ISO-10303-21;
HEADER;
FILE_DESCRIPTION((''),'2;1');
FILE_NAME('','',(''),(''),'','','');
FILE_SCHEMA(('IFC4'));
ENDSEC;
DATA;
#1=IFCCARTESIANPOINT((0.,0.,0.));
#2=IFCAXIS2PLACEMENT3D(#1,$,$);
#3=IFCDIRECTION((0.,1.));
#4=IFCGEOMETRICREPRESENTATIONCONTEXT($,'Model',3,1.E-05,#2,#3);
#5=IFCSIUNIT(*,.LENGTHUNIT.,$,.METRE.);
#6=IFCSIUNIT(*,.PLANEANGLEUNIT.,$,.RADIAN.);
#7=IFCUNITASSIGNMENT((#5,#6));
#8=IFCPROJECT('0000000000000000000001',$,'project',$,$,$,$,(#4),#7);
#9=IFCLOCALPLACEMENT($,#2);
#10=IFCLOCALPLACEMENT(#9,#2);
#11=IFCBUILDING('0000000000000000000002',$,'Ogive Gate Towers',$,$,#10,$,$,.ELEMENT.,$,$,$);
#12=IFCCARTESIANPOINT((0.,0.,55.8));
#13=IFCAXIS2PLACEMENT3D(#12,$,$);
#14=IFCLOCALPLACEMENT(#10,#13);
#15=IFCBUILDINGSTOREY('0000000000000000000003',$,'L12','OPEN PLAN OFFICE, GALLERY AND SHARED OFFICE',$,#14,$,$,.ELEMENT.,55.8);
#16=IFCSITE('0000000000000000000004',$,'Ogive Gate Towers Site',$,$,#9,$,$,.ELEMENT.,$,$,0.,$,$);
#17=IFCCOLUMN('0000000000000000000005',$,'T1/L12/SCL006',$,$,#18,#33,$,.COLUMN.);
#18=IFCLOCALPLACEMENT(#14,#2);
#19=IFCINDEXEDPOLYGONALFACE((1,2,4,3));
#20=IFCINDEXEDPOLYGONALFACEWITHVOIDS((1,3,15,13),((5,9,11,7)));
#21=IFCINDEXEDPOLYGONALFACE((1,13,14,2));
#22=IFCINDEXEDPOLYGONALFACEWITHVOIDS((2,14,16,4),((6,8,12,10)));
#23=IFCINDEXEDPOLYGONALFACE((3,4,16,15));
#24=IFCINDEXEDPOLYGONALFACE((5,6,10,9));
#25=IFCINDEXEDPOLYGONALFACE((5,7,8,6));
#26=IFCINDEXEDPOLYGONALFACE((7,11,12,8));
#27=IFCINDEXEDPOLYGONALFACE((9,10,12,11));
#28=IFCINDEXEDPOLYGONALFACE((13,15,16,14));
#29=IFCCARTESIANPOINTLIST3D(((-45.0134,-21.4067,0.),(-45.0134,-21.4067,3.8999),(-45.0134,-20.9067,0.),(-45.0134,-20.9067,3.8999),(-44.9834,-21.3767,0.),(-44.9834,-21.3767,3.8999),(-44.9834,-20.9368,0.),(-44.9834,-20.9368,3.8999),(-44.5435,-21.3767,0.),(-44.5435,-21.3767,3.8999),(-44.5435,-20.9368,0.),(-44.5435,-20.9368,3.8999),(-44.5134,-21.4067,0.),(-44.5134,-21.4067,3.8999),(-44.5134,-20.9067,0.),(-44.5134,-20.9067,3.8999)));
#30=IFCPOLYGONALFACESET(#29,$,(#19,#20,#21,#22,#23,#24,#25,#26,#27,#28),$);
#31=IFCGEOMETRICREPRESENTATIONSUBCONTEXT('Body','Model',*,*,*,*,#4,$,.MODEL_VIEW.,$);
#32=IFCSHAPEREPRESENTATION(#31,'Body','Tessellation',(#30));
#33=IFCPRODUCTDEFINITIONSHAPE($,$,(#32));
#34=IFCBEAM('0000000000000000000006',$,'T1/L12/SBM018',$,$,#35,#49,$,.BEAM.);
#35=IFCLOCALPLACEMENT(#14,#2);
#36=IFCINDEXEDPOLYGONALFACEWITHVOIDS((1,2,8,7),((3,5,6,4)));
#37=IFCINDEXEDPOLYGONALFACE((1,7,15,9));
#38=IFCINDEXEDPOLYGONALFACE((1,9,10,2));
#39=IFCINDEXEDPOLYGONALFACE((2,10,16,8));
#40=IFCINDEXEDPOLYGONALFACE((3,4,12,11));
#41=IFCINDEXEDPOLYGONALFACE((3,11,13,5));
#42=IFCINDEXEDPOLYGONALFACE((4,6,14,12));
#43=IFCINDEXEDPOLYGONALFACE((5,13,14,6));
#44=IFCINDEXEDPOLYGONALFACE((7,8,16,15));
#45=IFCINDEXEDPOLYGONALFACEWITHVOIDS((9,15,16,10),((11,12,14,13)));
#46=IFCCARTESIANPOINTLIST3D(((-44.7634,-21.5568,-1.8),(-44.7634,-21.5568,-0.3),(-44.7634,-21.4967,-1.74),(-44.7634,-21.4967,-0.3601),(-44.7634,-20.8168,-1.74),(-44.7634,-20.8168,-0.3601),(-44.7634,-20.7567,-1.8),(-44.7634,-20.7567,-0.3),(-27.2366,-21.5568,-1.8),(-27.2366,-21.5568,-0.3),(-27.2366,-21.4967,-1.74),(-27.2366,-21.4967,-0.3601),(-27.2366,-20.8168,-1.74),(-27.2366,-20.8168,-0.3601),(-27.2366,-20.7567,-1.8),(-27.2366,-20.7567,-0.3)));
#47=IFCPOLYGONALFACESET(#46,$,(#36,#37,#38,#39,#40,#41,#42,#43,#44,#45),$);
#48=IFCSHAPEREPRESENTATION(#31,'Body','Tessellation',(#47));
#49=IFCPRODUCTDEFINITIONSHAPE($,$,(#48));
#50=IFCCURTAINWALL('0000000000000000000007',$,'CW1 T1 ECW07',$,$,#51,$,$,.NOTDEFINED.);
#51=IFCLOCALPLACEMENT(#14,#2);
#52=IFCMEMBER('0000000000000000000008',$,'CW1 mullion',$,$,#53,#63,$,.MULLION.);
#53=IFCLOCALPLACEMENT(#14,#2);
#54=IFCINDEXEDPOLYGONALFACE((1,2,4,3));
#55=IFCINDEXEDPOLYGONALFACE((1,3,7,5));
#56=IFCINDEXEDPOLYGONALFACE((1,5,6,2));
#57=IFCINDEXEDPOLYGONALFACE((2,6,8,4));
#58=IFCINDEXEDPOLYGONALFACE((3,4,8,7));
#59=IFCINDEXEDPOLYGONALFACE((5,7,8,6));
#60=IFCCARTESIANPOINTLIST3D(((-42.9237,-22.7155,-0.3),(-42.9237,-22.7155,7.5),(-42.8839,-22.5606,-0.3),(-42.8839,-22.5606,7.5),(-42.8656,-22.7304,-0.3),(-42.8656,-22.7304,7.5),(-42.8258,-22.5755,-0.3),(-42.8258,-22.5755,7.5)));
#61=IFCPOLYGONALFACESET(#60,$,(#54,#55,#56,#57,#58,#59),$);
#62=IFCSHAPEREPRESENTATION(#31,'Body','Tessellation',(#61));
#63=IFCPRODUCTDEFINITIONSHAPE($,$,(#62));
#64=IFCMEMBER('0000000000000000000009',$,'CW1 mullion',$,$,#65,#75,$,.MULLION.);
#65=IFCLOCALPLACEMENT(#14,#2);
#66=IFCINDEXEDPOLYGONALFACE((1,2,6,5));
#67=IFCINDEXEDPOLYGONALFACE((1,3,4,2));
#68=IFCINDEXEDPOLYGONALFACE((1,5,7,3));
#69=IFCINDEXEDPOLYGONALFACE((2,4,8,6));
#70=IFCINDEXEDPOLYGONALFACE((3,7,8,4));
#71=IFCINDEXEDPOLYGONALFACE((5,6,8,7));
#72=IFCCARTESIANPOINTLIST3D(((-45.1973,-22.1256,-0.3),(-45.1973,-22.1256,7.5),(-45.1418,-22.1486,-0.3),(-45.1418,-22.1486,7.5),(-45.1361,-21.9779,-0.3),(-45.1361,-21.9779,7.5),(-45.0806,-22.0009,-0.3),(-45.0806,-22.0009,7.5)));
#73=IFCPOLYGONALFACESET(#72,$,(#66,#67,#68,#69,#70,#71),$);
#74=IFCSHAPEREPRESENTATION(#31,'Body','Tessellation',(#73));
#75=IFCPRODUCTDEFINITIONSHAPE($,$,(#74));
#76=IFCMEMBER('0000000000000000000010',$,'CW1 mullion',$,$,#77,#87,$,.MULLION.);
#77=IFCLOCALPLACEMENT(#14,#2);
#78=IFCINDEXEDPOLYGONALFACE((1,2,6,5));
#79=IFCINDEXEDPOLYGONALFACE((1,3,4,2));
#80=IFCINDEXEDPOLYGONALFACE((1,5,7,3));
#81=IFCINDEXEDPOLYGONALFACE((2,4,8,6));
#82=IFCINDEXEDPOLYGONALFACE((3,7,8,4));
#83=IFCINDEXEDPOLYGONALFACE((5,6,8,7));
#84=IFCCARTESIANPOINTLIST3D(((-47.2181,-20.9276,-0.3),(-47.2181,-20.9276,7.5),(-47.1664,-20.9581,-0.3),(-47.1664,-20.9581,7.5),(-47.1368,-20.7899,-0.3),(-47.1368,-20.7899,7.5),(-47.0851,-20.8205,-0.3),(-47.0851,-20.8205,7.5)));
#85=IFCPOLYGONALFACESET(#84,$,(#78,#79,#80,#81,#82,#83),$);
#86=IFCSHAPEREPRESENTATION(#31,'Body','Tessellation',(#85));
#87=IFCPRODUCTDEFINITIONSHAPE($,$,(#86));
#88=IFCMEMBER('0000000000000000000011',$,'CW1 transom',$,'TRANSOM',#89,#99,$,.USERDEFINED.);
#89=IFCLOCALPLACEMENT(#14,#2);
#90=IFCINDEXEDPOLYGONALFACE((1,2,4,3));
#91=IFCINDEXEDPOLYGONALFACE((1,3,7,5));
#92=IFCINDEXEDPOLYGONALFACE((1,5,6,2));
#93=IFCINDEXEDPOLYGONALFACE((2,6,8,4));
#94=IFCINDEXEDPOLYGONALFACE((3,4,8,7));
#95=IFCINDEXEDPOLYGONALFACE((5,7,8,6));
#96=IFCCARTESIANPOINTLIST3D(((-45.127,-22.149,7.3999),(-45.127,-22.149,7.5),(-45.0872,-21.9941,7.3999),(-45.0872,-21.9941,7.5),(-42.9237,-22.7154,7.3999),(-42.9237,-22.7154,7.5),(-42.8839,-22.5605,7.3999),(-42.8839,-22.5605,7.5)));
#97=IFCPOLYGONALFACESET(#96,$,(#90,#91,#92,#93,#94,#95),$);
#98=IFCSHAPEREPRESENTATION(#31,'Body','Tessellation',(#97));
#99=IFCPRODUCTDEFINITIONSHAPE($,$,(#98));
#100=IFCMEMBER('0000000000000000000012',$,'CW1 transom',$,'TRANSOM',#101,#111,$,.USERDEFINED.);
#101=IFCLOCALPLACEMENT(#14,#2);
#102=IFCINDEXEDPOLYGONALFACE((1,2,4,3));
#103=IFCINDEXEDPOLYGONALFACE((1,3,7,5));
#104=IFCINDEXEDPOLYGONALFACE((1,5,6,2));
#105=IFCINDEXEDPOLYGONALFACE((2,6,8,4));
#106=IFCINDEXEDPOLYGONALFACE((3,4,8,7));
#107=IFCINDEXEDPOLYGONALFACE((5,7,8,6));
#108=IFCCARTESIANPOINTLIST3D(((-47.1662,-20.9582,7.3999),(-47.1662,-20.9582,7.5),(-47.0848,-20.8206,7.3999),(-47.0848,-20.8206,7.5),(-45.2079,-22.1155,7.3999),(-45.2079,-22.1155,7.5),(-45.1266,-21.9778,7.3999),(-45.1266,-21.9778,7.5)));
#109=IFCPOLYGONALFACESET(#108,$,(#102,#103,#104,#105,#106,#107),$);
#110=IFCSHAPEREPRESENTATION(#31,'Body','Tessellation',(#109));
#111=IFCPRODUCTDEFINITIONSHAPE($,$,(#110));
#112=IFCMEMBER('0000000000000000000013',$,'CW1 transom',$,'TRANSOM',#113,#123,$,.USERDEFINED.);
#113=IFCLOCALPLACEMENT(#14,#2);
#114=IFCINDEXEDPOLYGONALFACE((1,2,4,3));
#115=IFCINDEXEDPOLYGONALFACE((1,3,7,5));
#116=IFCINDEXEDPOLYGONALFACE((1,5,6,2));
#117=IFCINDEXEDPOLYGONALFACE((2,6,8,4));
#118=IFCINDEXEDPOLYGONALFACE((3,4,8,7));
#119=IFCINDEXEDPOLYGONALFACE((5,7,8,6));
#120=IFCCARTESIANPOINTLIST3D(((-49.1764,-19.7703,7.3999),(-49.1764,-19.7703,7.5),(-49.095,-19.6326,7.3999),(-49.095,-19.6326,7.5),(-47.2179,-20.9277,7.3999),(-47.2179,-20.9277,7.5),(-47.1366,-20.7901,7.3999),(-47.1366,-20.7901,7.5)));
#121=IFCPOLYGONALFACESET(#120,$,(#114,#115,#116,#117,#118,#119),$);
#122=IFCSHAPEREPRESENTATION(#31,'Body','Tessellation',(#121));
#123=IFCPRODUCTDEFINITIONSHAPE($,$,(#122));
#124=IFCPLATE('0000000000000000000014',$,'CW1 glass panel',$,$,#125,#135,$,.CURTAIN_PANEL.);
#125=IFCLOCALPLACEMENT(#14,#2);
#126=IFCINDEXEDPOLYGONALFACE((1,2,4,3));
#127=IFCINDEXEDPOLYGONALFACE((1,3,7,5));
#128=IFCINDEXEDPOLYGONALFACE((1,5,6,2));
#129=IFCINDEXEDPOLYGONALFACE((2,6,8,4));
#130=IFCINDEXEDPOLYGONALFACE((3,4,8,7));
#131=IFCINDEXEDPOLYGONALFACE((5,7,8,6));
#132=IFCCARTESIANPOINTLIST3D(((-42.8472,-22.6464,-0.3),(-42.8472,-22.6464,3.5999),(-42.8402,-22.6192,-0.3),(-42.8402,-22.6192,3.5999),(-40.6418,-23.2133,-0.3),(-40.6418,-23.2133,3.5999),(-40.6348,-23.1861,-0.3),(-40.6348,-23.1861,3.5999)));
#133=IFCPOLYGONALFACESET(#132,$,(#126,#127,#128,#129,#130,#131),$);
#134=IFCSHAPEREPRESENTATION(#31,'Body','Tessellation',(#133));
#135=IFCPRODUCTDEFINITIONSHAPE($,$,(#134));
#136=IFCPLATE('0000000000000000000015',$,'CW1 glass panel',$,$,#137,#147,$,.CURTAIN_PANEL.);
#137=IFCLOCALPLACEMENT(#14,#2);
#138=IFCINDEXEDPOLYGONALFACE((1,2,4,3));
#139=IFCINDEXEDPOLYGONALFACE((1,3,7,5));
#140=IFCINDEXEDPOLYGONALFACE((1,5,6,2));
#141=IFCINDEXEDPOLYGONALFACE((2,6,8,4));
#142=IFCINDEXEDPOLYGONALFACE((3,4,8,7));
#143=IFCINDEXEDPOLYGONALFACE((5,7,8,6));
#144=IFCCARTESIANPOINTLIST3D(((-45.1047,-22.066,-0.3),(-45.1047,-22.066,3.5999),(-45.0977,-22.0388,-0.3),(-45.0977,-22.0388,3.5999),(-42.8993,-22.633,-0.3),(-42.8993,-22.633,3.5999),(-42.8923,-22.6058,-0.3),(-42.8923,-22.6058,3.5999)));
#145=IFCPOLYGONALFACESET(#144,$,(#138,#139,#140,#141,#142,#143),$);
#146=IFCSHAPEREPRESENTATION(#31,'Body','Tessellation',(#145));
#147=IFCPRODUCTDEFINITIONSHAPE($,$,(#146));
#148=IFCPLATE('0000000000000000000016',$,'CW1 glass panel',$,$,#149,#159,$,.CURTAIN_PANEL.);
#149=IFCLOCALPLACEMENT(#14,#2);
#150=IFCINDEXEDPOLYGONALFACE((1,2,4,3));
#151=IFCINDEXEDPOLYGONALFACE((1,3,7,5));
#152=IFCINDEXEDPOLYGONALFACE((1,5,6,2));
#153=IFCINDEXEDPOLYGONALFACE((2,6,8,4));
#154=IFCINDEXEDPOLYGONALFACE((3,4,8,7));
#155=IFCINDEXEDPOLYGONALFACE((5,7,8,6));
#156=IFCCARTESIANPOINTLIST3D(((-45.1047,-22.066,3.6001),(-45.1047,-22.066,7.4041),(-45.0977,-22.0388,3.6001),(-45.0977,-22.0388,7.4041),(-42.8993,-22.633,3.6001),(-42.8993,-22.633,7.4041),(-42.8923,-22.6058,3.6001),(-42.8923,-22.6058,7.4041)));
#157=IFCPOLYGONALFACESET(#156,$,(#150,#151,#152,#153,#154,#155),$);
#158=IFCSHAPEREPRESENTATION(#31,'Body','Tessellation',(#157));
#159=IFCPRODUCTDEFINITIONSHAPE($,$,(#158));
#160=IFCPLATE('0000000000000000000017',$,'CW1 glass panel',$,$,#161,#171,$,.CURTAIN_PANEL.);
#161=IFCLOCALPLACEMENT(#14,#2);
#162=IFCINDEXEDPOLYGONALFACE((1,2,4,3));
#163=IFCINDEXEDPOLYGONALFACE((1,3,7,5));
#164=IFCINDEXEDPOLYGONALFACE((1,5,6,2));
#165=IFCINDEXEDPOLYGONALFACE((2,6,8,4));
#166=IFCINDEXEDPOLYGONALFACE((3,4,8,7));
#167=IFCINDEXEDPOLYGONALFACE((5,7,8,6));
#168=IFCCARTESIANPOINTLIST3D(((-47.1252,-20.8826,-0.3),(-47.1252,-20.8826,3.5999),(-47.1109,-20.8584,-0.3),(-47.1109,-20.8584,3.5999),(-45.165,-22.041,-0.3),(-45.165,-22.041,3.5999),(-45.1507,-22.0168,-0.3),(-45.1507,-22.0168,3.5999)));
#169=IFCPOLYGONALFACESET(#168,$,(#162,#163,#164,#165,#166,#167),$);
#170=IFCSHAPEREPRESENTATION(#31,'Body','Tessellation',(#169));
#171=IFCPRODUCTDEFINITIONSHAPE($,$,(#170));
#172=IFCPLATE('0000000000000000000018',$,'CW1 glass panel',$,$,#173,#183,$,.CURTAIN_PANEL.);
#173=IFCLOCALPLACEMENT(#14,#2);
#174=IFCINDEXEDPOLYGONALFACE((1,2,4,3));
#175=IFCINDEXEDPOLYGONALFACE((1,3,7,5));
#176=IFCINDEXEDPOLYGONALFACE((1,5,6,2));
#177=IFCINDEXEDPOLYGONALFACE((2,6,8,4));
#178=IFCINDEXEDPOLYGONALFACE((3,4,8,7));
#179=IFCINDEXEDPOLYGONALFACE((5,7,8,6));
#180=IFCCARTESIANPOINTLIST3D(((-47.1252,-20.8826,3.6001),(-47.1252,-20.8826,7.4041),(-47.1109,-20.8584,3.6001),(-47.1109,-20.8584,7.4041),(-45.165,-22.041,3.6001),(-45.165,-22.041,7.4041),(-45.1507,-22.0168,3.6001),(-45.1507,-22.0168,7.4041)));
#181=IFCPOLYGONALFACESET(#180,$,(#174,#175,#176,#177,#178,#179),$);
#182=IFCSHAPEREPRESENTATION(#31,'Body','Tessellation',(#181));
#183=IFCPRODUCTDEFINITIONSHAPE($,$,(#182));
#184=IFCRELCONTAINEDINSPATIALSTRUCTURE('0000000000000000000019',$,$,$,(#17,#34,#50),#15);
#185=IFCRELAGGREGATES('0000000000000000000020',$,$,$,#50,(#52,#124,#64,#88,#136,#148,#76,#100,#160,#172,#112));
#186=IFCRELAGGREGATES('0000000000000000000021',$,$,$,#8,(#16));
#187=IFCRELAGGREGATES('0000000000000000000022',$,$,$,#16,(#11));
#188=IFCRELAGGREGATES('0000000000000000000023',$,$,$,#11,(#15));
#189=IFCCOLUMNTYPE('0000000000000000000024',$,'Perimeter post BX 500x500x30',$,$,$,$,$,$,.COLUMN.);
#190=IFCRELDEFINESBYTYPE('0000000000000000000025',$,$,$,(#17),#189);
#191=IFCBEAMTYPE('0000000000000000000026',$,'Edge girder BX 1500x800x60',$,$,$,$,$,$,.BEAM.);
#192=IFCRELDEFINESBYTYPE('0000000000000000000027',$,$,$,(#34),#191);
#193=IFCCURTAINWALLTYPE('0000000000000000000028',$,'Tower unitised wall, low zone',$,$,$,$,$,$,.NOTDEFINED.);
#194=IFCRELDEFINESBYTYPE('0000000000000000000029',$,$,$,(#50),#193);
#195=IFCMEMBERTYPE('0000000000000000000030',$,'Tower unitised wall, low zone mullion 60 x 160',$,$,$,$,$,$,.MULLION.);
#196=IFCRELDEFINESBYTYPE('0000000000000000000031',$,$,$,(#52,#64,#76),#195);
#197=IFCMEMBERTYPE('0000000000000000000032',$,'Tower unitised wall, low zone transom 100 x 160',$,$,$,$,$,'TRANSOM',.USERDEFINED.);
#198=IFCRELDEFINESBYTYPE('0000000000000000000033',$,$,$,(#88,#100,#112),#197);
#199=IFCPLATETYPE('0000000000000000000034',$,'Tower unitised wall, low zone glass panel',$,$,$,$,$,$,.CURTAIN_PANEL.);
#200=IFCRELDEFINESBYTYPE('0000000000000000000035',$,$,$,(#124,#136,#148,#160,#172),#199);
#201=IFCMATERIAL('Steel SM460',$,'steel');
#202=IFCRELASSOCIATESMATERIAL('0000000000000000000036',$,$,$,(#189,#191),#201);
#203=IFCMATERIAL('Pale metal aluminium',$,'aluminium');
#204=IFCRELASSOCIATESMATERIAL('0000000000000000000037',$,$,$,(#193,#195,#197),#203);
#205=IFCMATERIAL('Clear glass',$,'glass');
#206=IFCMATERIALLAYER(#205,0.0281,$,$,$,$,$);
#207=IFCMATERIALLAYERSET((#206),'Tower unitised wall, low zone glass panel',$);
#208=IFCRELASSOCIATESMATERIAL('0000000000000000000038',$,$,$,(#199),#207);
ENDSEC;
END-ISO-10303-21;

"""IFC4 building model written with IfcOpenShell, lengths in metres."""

from ifc_helpers import new_model, si_unit, direction, frame, origin, origin_2d, place, context, subcontext, project, spatial, rectangle, hollow_rectangle, extrude, material, layer, layer_set, material_profile, profile_set, type_object, element, aggregate, save


model = new_model("IFC4")

# Units and contexts
model_context = context("Model", 3, precision=1e-05, world=origin(), true_north=direction((0.0, 1.0)))
body_context = subcontext(model_context, "Body", "Model", "MODEL_VIEW")
ifc_project = project(units=[si_unit("LENGTHUNIT", "METRE"), si_unit("PLANEANGLEUNIT", "RADIAN")], contexts=[model_context])

# Site, building, storey
site_placement = place(None, origin())
site = spatial("IfcSite", under=ifc_project, at=site_placement, Name="Ogive Gate Towers Site", CompositionType="ELEMENT", RefElevation=0.0)
building_placement = place(site_placement, origin())
building = spatial("IfcBuilding", under=site, at=building_placement, Name="Ogive Gate Towers", CompositionType="ELEMENT")
storey_placement = place(building_placement, frame((0.0, 0.0, 55.8)))
storey = spatial("IfcBuildingStorey", under=building, at=storey_placement, Name="L12", Description="OPEN PLAN OFFICE, GALLERY AND SHARED OFFICE", CompositionType="ELEMENT", Elevation=55.8)

# Column
ifc_material_1 = material(Name="Steel SM460", Category="steel")
ifc_material_profile_1 = material_profile(ifc_material_1, hollow_rectangle(XDim=0.5, YDim=0.5, WallThickness=0.03, at=origin_2d()), Name="BX 500x500x30")
ifc_profile_set_1 = profile_set([ifc_material_profile_1], Name="Steel SM460")
column_type = type_object("IfcColumnType", Name="Perimeter post BX 500x500x30", PredefinedType="COLUMN", material=ifc_profile_set_1)
column_placement = place(storey_placement, frame((-44.7634, -21.1567, 0.0), z_axis=(0.0, 0.0, 1.0), x_axis=(1.0, 0.0, 0.0)))
element("IfcColumn", 1, at=column_placement, inside=storey, type_object=column_type, Name="T1/L12/SCL006", PredefinedType="COLUMN", context=body_context, shape_type="SweptSolid", body=[
    extrude(hollow_rectangle(XDim=0.5, YDim=0.5, WallThickness=0.03, at=origin_2d()), origin(), (0.0, 0.0, 1.0), 3.8999),
])

# Beam
ifc_material_profile_2 = material_profile(ifc_material_1, hollow_rectangle(XDim=0.8, YDim=1.5, WallThickness=0.0601, at=origin_2d()), Name="BX 1500x800x60")
ifc_profile_set_2 = profile_set([ifc_material_profile_2], Name="Steel SM460")
beam_type = type_object("IfcBeamType", Name="Edge girder BX 1500x800x60", PredefinedType="BEAM", material=ifc_profile_set_2)
beam_placement = place(storey_placement, frame((-44.7634, -21.1567, -1.05), z_axis=(1.0, 0.0, 0.0), x_axis=(0.0, 1.0, 0.0)))
element("IfcBeam", 2, at=beam_placement, inside=storey, type_object=beam_type, Name="T1/L12/SBM018", PredefinedType="BEAM", context=body_context, shape_type="SweptSolid", body=[
    extrude(hollow_rectangle(XDim=0.8, YDim=1.5, WallThickness=0.0601, at=origin_2d()), origin(), (0.0, 0.0, 1.0), 17.5269),
])

# Curtain wall, members, plates
ifc_material_2 = material(Name="Pale metal aluminium", Category="aluminium")
curtain_wall_type = type_object("IfcCurtainWallType", Name="Tower unitised wall, low zone", PredefinedType="NOTDEFINED", material=ifc_material_2)
curtain_wall_placement = place(storey_placement, origin())
curtain_wall = element("IfcCurtainWall", 3, at=curtain_wall_placement, inside=storey, type_object=curtain_wall_type, Name="CW1 T1 ECW07", PredefinedType="NOTDEFINED")
ifc_material_profile_3 = material_profile(ifc_material_2, rectangle(XDim=0.1599, YDim=0.0601, at=origin_2d()), Name="60 x 160 aluminium box")
ifc_profile_set_3 = profile_set([ifc_material_profile_3], Name="Pale metal aluminium")
member_type_1 = type_object("IfcMemberType", Name="Tower unitised wall, low zone mullion 60 x 160", PredefinedType="MULLION", material=ifc_profile_set_3)
member_1_placement = place(storey_placement, frame((-42.8748, -22.6455, -0.3), z_axis=(0.0, 0.0, 1.0), x_axis=(0.248977, 0.968509, 0.0)))
member_1 = element("IfcMember", 4, at=member_1_placement, type_object=member_type_1, Name="CW1 mullion", PredefinedType="MULLION", context=body_context, shape_type="SweptSolid", body=[
    extrude(rectangle(XDim=0.1599, YDim=0.0601, at=origin_2d()), origin(), (0.0, 0.0, 1.0), 7.8),
])
member_2_placement = place(storey_placement, frame((-45.1389, -22.0632, -0.3), z_axis=(0.0, 0.0, 1.0), x_axis=(0.382683, 0.92388, 0.0)))
member_2 = element("IfcMember", 5, at=member_2_placement, type_object=member_type_1, Name="CW1 mullion", PredefinedType="MULLION", context=body_context, shape_type="SweptSolid", body=[
    extrude(rectangle(XDim=0.1599, YDim=0.0601, at=origin_2d()), origin(), (0.0, 0.0, 1.0), 7.8),
])
member_3_placement = place(storey_placement, frame((-47.1516, -20.874, -0.3), z_axis=(0.0, 0.0, 1.0), x_axis=(0.508771, 0.860902, 0.0)))
member_3 = element("IfcMember", 6, at=member_3_placement, type_object=member_type_1, Name="CW1 mullion", PredefinedType="MULLION", context=body_context, shape_type="SweptSolid", body=[
    extrude(rectangle(XDim=0.1599, YDim=0.0601, at=origin_2d()), origin(), (0.0, 0.0, 1.0), 7.8),
])
ifc_material_profile_4 = material_profile(ifc_material_2, rectangle(XDim=0.1599, YDim=0.1001, at=origin_2d()), Name="100 x 160 aluminium box")
ifc_profile_set_4 = profile_set([ifc_material_profile_4], Name="Pale metal aluminium")
member_type_2 = type_object("IfcMemberType", Name="Tower unitised wall, low zone transom 100 x 160", ElementType="TRANSOM", PredefinedType="USERDEFINED", material=ifc_profile_set_4)
member_4_placement = place(storey_placement, frame((-42.9038, -22.6379, 7.45), z_axis=(-0.968511, 0.248969, 0.0), x_axis=(-0.248969, -0.968511, 0.0)))
member_4 = element("IfcMember", 7, at=member_4_placement, type_object=member_type_2, Name="CW1 transom", ObjectType="TRANSOM", PredefinedType="USERDEFINED", context=body_context, shape_type="SweptSolid", body=[
    extrude(rectangle(XDim=0.1599, YDim=0.1001, at=origin_2d()), origin(), (0.0, 0.0, 1.0), 2.2749),
])
member_5_placement = place(storey_placement, frame((-45.1672, -22.0466, 7.45), z_axis=(-0.860912, 0.508755, 0.0), x_axis=(-0.508755, -0.860912, 0.0)))
member_5 = element("IfcMember", 8, at=member_5_placement, type_object=member_type_2, Name="CW1 transom", ObjectType="TRANSOM", PredefinedType="USERDEFINED", context=body_context, shape_type="SweptSolid", body=[
    extrude(rectangle(XDim=0.1599, YDim=0.1001, at=origin_2d()), origin(), (0.0, 0.0, 1.0), 2.2747),
])
member_6_placement = place(storey_placement, frame((-47.1772, -20.8589, 7.45), z_axis=(-0.860892, 0.508787, 0.0), x_axis=(-0.508787, -0.860892, 0.0)))
member_6 = element("IfcMember", 9, at=member_6_placement, type_object=member_type_2, Name="CW1 transom", ObjectType="TRANSOM", PredefinedType="USERDEFINED", context=body_context, shape_type="SweptSolid", body=[
    extrude(rectangle(XDim=0.1599, YDim=0.1001, at=origin_2d()), origin(), (0.0, 0.0, 1.0), 2.2749),
])
ifc_material_3 = material(Name="Clear glass", Category="glass")
ifc_layer_1 = layer(ifc_material_3, 0.0281)
ifc_layer_set_1 = layer_set([ifc_layer_1], Name="Tower unitised wall, low zone glass panel")
plate_type = type_object("IfcPlateType", Name="Tower unitised wall, low zone glass panel", PredefinedType="CURTAIN_PANEL", material=ifc_layer_set_1)
plate_1_placement = place(storey_placement, frame((-41.741, -22.9163, -0.3), z_axis=(0.0, 0.0, 1.0), x_axis=(-0.968509, 0.248977, 0.0)))
plate_1 = element("IfcPlate", 10, at=plate_1_placement, type_object=plate_type, Name="CW1 glass panel", PredefinedType="CURTAIN_PANEL", context=body_context, shape_type="SweptSolid", body=[
    extrude(rectangle(XDim=2.2771, YDim=0.0281, at=origin_2d()), origin(), (0.0, 0.0, 1.0), 3.8999),
])
plate_2_placement = place(storey_placement, frame((-43.9985, -22.3359, -0.3), z_axis=(0.0, 0.0, 1.0), x_axis=(-0.968505, 0.248994, 0.0)))
plate_2 = element("IfcPlate", 11, at=plate_2_placement, type_object=plate_type, Name="CW1 glass panel", PredefinedType="CURTAIN_PANEL", context=body_context, shape_type="SweptSolid", body=[
    extrude(rectangle(XDim=2.2771, YDim=0.0281, at=origin_2d()), origin(), (0.0, 0.0, 1.0), 3.8999),
])
plate_3_placement = place(storey_placement, frame((-43.9985, -22.3359, 3.6001), z_axis=(0.0, 0.0, 1.0), x_axis=(-0.968505, 0.248994, 0.0)))
plate_3 = element("IfcPlate", 12, at=plate_3_placement, type_object=plate_type, Name="CW1 glass panel", PredefinedType="CURTAIN_PANEL", context=body_context, shape_type="SweptSolid", body=[
    extrude(rectangle(XDim=2.2771, YDim=0.0281, at=origin_2d()), origin(), (0.0, 0.0, 1.0), 3.804),
])
plate_4_placement = place(storey_placement, frame((-46.1379, -21.4497, -0.3), z_axis=(0.0, 0.0, 1.0), x_axis=(-0.860902, 0.508771, 0.0)))
plate_4 = element("IfcPlate", 13, at=plate_4_placement, type_object=plate_type, Name="CW1 glass panel", PredefinedType="CURTAIN_PANEL", context=body_context, shape_type="SweptSolid", body=[
    extrude(rectangle(XDim=2.2769, YDim=0.0281, at=origin_2d()), origin(), (0.0, 0.0, 1.0), 3.8999),
])
plate_5_placement = place(storey_placement, frame((-46.1379, -21.4497, 3.6001), z_axis=(0.0, 0.0, 1.0), x_axis=(-0.860902, 0.508771, 0.0)))
plate_5 = element("IfcPlate", 14, at=plate_5_placement, type_object=plate_type, Name="CW1 glass panel", PredefinedType="CURTAIN_PANEL", context=body_context, shape_type="SweptSolid", body=[
    extrude(rectangle(XDim=2.2769, YDim=0.0281, at=origin_2d()), origin(), (0.0, 0.0, 1.0), 3.804),
])
aggregate(curtain_wall, [member_1, plate_1, member_2, member_4, plate_2, plate_3, member_3, member_5, plate_4, plate_5, member_6])

save(model, "model.ifc")
